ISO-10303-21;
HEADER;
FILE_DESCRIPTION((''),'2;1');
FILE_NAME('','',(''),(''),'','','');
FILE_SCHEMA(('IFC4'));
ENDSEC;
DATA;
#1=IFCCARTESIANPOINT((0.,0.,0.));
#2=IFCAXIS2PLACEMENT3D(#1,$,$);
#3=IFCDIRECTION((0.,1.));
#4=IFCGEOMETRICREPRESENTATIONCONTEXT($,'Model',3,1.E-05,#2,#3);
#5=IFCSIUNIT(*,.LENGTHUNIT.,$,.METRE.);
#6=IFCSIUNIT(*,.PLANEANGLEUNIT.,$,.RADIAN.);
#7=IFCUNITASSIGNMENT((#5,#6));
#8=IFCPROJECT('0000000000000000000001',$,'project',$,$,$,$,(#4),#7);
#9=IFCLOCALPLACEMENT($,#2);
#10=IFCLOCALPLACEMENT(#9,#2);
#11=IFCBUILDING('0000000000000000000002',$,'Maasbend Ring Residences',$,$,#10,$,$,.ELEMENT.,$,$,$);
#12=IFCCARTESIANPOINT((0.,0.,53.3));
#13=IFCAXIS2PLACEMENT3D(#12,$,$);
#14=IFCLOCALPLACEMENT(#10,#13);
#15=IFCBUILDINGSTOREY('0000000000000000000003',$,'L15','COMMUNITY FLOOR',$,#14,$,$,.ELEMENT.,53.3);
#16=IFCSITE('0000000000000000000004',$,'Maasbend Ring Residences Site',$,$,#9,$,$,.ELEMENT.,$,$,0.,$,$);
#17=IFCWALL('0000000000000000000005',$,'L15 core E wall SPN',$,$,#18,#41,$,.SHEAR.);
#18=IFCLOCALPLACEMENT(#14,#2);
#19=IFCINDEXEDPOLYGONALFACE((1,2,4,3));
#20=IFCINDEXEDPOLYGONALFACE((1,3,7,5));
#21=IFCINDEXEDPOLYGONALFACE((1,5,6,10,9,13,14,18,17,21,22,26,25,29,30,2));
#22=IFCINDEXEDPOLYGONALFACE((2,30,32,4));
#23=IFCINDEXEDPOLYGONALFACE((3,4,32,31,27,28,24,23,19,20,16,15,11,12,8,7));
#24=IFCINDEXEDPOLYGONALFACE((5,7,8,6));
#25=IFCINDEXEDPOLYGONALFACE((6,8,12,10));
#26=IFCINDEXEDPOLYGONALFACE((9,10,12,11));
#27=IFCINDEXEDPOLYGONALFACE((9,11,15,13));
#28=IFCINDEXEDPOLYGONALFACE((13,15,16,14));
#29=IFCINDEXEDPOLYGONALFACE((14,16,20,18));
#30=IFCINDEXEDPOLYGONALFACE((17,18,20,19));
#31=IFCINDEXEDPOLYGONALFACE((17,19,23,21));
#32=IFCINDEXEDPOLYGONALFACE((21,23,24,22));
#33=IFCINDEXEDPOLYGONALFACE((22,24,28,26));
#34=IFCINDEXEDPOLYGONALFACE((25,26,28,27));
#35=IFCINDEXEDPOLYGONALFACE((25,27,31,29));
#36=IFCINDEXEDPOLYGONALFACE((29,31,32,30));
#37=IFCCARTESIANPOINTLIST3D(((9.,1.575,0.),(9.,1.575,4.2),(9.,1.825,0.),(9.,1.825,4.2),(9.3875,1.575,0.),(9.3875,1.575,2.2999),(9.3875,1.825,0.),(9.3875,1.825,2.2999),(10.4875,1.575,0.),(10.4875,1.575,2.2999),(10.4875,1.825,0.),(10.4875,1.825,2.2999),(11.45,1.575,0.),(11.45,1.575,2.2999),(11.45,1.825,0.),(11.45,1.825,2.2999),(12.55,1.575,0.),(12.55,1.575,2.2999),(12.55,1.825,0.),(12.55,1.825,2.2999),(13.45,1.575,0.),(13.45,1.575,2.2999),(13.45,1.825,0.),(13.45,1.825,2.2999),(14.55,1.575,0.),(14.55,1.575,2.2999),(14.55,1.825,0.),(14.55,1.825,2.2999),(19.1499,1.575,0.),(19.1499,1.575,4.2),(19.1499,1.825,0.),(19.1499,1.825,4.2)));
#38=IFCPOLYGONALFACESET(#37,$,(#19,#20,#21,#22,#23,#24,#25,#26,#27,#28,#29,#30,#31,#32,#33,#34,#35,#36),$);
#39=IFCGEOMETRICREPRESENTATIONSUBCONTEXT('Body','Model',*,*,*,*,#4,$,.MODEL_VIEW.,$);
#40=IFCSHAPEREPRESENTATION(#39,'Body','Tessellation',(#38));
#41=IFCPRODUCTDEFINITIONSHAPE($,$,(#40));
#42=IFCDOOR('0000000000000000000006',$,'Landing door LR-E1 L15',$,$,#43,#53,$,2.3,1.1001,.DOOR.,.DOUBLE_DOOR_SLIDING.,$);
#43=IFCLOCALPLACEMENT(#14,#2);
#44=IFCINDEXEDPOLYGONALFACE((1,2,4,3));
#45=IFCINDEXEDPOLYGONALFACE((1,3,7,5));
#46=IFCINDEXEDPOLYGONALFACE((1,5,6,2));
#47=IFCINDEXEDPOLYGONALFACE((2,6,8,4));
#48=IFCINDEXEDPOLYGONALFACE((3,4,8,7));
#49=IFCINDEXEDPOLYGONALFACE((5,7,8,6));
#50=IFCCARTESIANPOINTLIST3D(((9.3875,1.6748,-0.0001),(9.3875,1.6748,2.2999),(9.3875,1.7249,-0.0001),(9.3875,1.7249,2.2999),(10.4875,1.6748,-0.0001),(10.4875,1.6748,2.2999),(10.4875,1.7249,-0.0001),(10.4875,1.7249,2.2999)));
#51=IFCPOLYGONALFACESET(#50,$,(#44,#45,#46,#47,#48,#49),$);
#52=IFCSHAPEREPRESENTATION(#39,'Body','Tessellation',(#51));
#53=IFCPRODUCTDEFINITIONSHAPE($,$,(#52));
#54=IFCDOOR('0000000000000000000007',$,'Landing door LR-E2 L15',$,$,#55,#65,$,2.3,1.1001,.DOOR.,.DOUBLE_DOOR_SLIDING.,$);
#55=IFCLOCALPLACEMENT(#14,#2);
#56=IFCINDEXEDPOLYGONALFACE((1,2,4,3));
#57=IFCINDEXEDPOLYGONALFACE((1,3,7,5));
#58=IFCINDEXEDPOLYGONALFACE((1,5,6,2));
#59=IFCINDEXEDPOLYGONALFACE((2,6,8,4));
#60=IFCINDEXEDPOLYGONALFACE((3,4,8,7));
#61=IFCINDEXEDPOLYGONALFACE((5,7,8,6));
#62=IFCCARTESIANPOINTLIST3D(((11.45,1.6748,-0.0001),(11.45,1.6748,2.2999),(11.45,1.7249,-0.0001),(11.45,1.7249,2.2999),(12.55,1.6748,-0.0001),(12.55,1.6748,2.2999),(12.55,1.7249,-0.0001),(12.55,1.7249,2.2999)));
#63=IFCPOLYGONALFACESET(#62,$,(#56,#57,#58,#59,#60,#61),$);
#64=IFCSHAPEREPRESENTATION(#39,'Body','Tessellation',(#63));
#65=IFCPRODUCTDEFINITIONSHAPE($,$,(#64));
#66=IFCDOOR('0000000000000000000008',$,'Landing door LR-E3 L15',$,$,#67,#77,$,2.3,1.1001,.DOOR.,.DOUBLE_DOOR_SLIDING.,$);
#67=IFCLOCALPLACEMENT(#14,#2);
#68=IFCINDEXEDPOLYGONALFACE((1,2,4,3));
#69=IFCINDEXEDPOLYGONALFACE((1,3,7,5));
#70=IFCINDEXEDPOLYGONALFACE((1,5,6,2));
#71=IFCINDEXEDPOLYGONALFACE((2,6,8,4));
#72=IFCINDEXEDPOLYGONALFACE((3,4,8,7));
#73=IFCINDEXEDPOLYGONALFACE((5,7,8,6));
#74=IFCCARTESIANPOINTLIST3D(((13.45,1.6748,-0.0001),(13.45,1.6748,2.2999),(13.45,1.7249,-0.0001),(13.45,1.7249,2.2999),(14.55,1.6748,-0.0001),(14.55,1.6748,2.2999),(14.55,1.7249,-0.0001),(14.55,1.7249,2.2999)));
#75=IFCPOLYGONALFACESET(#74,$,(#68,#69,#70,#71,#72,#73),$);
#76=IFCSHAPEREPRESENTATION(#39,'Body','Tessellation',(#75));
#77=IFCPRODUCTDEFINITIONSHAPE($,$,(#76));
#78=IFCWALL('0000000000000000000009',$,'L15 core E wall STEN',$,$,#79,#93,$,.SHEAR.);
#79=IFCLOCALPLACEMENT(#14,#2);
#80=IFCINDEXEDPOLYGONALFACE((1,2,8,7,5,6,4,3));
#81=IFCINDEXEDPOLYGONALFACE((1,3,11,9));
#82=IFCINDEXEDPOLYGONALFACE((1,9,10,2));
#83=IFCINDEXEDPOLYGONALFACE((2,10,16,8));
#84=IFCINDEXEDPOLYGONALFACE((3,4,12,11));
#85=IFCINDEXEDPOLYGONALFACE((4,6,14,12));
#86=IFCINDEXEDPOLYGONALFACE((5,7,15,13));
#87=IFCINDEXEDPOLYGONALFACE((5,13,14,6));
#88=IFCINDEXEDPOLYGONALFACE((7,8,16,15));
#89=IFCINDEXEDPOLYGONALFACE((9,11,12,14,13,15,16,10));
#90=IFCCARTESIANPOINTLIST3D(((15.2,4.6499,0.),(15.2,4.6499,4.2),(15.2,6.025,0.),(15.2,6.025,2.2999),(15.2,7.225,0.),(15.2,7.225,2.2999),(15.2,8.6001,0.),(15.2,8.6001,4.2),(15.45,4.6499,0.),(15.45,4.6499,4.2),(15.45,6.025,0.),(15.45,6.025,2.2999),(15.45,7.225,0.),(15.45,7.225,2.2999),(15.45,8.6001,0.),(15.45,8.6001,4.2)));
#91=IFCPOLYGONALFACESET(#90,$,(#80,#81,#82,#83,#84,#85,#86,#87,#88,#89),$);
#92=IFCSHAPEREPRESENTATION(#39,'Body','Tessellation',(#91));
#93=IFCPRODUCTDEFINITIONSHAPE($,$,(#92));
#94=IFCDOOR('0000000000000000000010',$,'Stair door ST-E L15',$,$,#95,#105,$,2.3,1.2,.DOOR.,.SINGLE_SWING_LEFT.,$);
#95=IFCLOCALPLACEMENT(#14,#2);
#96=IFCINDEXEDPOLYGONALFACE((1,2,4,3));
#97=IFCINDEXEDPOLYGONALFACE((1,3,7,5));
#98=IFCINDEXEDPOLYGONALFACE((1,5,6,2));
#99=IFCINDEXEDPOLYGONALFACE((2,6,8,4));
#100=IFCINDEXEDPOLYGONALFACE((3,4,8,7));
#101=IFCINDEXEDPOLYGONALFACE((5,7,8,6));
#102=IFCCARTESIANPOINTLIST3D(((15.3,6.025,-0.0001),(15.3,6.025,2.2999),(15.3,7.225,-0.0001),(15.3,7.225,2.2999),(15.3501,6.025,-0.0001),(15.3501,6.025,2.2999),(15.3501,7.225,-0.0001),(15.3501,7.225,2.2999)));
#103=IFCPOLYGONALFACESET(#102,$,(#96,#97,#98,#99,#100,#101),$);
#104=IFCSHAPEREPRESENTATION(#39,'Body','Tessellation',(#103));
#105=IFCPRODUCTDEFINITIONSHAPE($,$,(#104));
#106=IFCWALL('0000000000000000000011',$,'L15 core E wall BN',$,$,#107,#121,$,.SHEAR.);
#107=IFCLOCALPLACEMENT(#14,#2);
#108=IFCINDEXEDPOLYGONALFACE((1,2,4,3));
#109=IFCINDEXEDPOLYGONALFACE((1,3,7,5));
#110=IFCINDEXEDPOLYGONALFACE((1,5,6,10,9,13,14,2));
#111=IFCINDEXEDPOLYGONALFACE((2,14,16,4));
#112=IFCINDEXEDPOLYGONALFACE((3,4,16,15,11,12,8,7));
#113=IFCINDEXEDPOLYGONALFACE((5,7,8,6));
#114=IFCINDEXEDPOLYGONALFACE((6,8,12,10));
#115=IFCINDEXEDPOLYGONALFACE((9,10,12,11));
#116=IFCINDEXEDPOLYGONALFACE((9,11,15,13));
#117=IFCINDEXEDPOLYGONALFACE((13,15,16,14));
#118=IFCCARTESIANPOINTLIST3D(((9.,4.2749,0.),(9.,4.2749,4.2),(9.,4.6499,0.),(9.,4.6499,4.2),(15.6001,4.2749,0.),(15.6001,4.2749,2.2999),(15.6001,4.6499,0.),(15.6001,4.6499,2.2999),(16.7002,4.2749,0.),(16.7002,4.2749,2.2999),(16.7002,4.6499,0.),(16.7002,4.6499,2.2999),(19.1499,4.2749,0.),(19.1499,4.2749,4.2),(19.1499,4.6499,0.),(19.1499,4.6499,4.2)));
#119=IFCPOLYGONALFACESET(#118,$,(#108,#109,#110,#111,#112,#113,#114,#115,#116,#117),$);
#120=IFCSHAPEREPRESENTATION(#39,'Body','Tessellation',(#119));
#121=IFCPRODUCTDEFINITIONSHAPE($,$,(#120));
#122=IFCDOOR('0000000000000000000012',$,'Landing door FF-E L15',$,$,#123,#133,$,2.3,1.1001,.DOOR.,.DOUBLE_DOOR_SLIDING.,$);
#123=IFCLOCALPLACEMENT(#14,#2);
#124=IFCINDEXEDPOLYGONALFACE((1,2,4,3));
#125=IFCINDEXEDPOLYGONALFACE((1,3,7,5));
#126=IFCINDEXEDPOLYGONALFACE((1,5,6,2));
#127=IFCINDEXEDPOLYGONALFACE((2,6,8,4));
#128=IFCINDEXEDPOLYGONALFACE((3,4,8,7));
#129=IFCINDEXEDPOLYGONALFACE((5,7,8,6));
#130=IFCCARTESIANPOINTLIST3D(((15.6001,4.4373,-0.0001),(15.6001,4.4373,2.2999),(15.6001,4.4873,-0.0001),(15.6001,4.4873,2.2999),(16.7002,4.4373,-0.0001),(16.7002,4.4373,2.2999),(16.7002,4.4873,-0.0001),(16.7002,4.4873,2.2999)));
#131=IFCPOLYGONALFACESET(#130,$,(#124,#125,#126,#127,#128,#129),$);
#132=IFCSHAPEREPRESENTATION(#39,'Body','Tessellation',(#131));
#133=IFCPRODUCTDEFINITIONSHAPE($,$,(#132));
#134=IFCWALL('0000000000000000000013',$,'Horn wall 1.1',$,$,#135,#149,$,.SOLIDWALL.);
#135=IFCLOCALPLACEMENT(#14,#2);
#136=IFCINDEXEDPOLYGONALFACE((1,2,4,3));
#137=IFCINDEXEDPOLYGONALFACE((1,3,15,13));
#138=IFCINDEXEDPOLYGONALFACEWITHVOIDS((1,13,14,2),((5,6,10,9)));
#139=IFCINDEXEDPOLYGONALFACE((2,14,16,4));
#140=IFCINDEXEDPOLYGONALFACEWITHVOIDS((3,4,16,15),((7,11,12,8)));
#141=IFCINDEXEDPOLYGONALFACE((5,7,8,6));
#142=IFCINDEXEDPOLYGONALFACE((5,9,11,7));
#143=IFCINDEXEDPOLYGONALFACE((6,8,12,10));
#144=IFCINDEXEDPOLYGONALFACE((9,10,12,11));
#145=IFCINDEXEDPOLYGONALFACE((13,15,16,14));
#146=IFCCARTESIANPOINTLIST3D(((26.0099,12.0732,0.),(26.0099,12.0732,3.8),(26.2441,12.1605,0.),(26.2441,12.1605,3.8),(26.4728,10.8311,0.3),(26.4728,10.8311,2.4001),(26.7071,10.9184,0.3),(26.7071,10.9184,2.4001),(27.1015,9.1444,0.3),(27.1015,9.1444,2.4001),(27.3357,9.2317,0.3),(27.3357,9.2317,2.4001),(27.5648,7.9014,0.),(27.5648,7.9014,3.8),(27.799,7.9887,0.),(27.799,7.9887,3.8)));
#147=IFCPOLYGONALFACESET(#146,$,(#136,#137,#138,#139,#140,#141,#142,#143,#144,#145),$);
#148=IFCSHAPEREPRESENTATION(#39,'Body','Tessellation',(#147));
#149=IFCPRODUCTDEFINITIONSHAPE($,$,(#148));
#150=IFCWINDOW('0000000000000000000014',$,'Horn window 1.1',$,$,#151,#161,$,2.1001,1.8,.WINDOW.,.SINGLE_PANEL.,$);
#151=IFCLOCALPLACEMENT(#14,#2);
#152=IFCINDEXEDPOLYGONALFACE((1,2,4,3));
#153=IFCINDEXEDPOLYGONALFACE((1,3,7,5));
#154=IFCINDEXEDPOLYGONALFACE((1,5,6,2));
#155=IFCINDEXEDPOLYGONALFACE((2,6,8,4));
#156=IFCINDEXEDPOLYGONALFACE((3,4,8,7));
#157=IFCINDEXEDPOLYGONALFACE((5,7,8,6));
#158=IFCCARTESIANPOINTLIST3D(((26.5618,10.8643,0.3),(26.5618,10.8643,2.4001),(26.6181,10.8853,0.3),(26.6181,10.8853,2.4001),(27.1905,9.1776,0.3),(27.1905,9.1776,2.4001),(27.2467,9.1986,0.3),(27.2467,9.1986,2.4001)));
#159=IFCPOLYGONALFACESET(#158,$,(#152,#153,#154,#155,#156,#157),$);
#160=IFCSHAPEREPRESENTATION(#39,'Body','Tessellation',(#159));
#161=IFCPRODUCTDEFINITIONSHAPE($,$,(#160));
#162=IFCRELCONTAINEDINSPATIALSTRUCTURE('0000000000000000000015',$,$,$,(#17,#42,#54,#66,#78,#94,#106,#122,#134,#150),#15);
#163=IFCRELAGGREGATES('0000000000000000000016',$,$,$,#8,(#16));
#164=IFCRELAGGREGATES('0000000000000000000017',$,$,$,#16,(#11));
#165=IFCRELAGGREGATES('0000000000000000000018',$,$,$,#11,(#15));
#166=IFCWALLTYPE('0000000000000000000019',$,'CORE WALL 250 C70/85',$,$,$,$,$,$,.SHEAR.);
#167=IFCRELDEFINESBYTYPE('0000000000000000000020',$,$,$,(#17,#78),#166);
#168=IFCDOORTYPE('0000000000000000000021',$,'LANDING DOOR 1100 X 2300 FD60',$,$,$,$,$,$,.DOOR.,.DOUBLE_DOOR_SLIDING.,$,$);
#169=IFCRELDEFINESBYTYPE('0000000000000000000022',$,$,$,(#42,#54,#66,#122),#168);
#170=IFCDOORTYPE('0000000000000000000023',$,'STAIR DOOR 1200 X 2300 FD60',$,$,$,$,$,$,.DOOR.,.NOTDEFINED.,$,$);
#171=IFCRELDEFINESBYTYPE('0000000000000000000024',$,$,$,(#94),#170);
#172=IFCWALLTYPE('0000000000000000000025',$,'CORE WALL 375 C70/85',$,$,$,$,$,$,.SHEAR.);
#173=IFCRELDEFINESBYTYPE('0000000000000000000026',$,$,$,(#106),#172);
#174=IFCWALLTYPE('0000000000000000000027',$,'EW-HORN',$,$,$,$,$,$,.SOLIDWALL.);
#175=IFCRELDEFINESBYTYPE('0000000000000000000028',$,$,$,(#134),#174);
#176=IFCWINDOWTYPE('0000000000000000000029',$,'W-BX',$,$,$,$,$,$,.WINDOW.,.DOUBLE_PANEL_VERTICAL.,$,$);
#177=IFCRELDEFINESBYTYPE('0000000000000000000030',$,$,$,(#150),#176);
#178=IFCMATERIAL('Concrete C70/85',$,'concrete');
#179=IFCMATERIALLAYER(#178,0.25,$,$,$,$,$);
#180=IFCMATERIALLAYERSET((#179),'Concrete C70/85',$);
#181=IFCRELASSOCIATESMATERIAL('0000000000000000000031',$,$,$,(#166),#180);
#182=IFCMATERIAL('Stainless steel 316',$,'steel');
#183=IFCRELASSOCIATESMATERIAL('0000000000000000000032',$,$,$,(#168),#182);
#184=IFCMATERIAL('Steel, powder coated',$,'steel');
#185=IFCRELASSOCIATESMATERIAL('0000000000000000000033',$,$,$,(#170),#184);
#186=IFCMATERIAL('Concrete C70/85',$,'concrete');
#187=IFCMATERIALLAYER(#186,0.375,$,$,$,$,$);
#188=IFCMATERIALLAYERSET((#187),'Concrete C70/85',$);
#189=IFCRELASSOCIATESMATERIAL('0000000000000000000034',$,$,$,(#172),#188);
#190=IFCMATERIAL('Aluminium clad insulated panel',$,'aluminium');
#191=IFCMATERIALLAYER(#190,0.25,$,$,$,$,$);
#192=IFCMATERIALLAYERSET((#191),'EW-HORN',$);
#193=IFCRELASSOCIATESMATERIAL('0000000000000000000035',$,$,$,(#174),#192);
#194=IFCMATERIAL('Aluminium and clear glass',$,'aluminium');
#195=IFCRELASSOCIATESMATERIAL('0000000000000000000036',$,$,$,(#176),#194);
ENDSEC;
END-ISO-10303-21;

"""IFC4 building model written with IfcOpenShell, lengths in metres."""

from ifc_helpers import new_model, si_unit, direction, frame, frame_2d, origin, place, context, subcontext, project, spatial, rectangle, extrude, material, layer, layer_set, type_object, element, fill, save


model = new_model("IFC4")

# Units and contexts
model_context = context("Model", 3, precision=1e-05, world=origin(), true_north=direction((0.0, 1.0)))
body_context = subcontext(model_context, "Body", "Model", "MODEL_VIEW")
ifc_project = project(units=[si_unit("LENGTHUNIT", "METRE"), si_unit("PLANEANGLEUNIT", "RADIAN")], contexts=[model_context])

# Site, building, storey
site_placement = place(None, origin())
site = spatial("IfcSite", under=ifc_project, at=site_placement, Name="Maasbend Ring Residences Site", CompositionType="ELEMENT", RefElevation=0.0)
building_placement = place(site_placement, origin())
building = spatial("IfcBuilding", under=site, at=building_placement, Name="Maasbend Ring Residences", CompositionType="ELEMENT")
storey_placement = place(building_placement, frame((0.0, 0.0, 53.3)))
storey = spatial("IfcBuildingStorey", under=building, at=storey_placement, Name="L15", Description="COMMUNITY FLOOR", CompositionType="ELEMENT", Elevation=53.3)

# Wall, openings, doors
ifc_material_1 = material(Name="Concrete C70/85", Category="concrete")
ifc_layer_1 = layer(ifc_material_1, 0.25)
ifc_layer_set_1 = layer_set([ifc_layer_1], Name="Concrete C70/85")
wall_type_1 = type_object("IfcWallType", Name="CORE WALL 250 C70/85", PredefinedType="SHEAR", material=ifc_layer_set_1)
wall_1_placement = place(storey_placement, frame((9.0, 1.7, 0.0), z_axis=(0.0, 0.0, 1.0), x_axis=(1.0, 0.0, 0.0)))
wall_1 = element("IfcWall", 1, at=wall_1_placement, inside=storey, type_object=wall_type_1, Name="L15 core E wall SPN", PredefinedType="SHEAR", context=body_context, shape_type="SweptSolid", body=[
    extrude(rectangle(XDim=10.1499, YDim=0.25, at=frame_2d((5.075, 0.0))), origin(), (0.0, 0.0, 1.0), 4.2),
])
opening_1_placement = place(wall_1_placement, frame((0.3875, 0.0, 0.0)))
opening_1 = element("IfcOpeningElement", 2, at=opening_1_placement, cuts=wall_1, PredefinedType="OPENING", context=body_context, shape_type="SweptSolid", body=[
    extrude(rectangle(XDim=1.1001, YDim=2.3, at=frame_2d((0.55, 1.1499))), frame((0.0, 0.135, 0.0), z_axis=(0.0, -1.0, 0.0), x_axis=(1.0, 0.0, 0.0)), (0.0, 0.0, 1.0), 0.27),
])
opening_2_placement = place(wall_1_placement, frame((2.45, 0.0, 0.0)))
opening_2 = element("IfcOpeningElement", 3, at=opening_2_placement, cuts=wall_1, PredefinedType="OPENING", context=body_context, shape_type="SweptSolid", body=[
    extrude(rectangle(XDim=1.1001, YDim=2.3, at=frame_2d((0.55, 1.1499))), frame((0.0, 0.135, 0.0), z_axis=(0.0, -1.0, 0.0), x_axis=(1.0, 0.0, 0.0)), (0.0, 0.0, 1.0), 0.27),
])
opening_3_placement = place(wall_1_placement, frame((4.45, 0.0, 0.0)))
opening_3 = element("IfcOpeningElement", 4, at=opening_3_placement, cuts=wall_1, PredefinedType="OPENING", context=body_context, shape_type="SweptSolid", body=[
    extrude(rectangle(XDim=1.1001, YDim=2.3, at=frame_2d((0.55, 1.1499))), frame((0.0, 0.135, 0.0), z_axis=(0.0, -1.0, 0.0), x_axis=(1.0, 0.0, 0.0)), (0.0, 0.0, 1.0), 0.27),
])
ifc_material_2 = material(Name="Stainless steel 316", Category="steel")
door_type_1 = type_object("IfcDoorType", Name="LANDING DOOR 1100 X 2300 FD60", OperationType="DOUBLE_DOOR_SLIDING", PredefinedType="DOOR", material=ifc_material_2)
door_1_placement = place(opening_1_placement, origin())
door_1 = element("IfcDoor", 5, at=door_1_placement, inside=storey, type_object=door_type_1, Name="Landing door LR-E1 L15", OperationType="DOUBLE_DOOR_SLIDING", OverallHeight=2.3, OverallWidth=1.1001, PredefinedType="DOOR", context=body_context, shape_type="SweptSolid", body=[
    extrude(rectangle(XDim=1.1001, YDim=2.3, at=frame_2d((0.55, 1.1499))), frame((0.0, 0.0249, 0.0), z_axis=(0.0, -1.0, 0.0), x_axis=(1.0, 0.0, 0.0)), (0.0, 0.0, 1.0), 0.05),
])
fill(opening_1, door_1)
door_2_placement = place(opening_2_placement, origin())
door_2 = element("IfcDoor", 6, at=door_2_placement, inside=storey, type_object=door_type_1, Name="Landing door LR-E2 L15", OperationType="DOUBLE_DOOR_SLIDING", OverallHeight=2.3, OverallWidth=1.1001, PredefinedType="DOOR", context=body_context, shape_type="SweptSolid", body=[
    extrude(rectangle(XDim=1.1001, YDim=2.3, at=frame_2d((0.55, 1.1499))), frame((0.0, 0.0249, 0.0), z_axis=(0.0, -1.0, 0.0), x_axis=(1.0, 0.0, 0.0)), (0.0, 0.0, 1.0), 0.05),
])
fill(opening_2, door_2)
door_3_placement = place(opening_3_placement, origin())
door_3 = element("IfcDoor", 7, at=door_3_placement, inside=storey, type_object=door_type_1, Name="Landing door LR-E3 L15", OperationType="DOUBLE_DOOR_SLIDING", OverallHeight=2.3, OverallWidth=1.1001, PredefinedType="DOOR", context=body_context, shape_type="SweptSolid", body=[
    extrude(rectangle(XDim=1.1001, YDim=2.3, at=frame_2d((0.55, 1.1499))), frame((0.0, 0.0249, 0.0), z_axis=(0.0, -1.0, 0.0), x_axis=(1.0, 0.0, 0.0)), (0.0, 0.0, 1.0), 0.05),
])
fill(opening_3, door_3)

# Walls, openings, doors
wall_2_placement = place(storey_placement, frame((15.325, 4.6499, 0.0), z_axis=(0.0, 0.0, 1.0), x_axis=(0.0, 1.0, 0.0)))
wall_2 = element("IfcWall", 8, at=wall_2_placement, inside=storey, type_object=wall_type_1, Name="L15 core E wall STEN", PredefinedType="SHEAR", context=body_context, shape_type="SweptSolid", body=[
    extrude(rectangle(XDim=3.9502, YDim=0.25, at=frame_2d((1.9751, 0.0))), origin(), (0.0, 0.0, 1.0), 4.2),
])
opening_4_placement = place(wall_2_placement, frame((1.375, 0.0, 0.0)))
opening_4 = element("IfcOpeningElement", 9, at=opening_4_placement, cuts=wall_2, PredefinedType="OPENING", context=body_context, shape_type="SweptSolid", body=[
    extrude(rectangle(XDim=1.2, YDim=2.3, at=frame_2d((0.6001, 1.1499))), frame((0.0, 0.135, 0.0), z_axis=(0.0, -1.0, 0.0), x_axis=(1.0, 0.0, 0.0)), (0.0, 0.0, 1.0), 0.27),
])
ifc_material_3 = material(Name="Steel, powder coated", Category="steel")
door_type_2 = type_object("IfcDoorType", Name="STAIR DOOR 1200 X 2300 FD60", OperationType="NOTDEFINED", PredefinedType="DOOR", material=ifc_material_3)
door_4_placement = place(opening_4_placement, origin())
door_4 = element("IfcDoor", 10, at=door_4_placement, inside=storey, type_object=door_type_2, Name="Stair door ST-E L15", OperationType="SINGLE_SWING_LEFT", OverallHeight=2.3, OverallWidth=1.2, PredefinedType="DOOR", context=body_context, shape_type="SweptSolid", body=[
    extrude(rectangle(XDim=1.2, YDim=2.3, at=frame_2d((0.6001, 1.1499))), frame((0.0, 0.0249, 0.0), z_axis=(0.0, -1.0, 0.0), x_axis=(1.0, 0.0, 0.0)), (0.0, 0.0, 1.0), 0.05),
])
fill(opening_4, door_4)
ifc_material_4 = material(Name="Concrete C70/85", Category="concrete")
ifc_layer_2 = layer(ifc_material_4, 0.375)
ifc_layer_set_2 = layer_set([ifc_layer_2], Name="Concrete C70/85")
wall_type_2 = type_object("IfcWallType", Name="CORE WALL 375 C70/85", PredefinedType="SHEAR", material=ifc_layer_set_2)
wall_3_placement = place(storey_placement, frame((9.0, 4.4624, 0.0), z_axis=(0.0, 0.0, 1.0), x_axis=(1.0, 0.0, 0.0)))
wall_3 = element("IfcWall", 11, at=wall_3_placement, inside=storey, type_object=wall_type_2, Name="L15 core E wall BN", PredefinedType="SHEAR", context=body_context, shape_type="SweptSolid", body=[
    extrude(rectangle(XDim=10.1499, YDim=0.375, at=frame_2d((5.075, 0.0))), origin(), (0.0, 0.0, 1.0), 4.2),
])
opening_5_placement = place(wall_3_placement, frame((6.6001, 0.0, 0.0)))
opening_5 = element("IfcOpeningElement", 12, at=opening_5_placement, cuts=wall_3, PredefinedType="OPENING", context=body_context, shape_type="SweptSolid", body=[
    extrude(rectangle(XDim=1.1001, YDim=2.3, at=frame_2d((0.55, 1.1499))), frame((0.0, 0.1975, 0.0), z_axis=(0.0, -1.0, 0.0), x_axis=(1.0, 0.0, 0.0)), (0.0, 0.0, 1.0), 0.395),
])
door_5_placement = place(opening_5_placement, origin())
door_5 = element("IfcDoor", 13, at=door_5_placement, inside=storey, type_object=door_type_1, Name="Landing door FF-E L15", OperationType="DOUBLE_DOOR_SLIDING", OverallHeight=2.3, OverallWidth=1.1001, PredefinedType="DOOR", context=body_context, shape_type="SweptSolid", body=[
    extrude(rectangle(XDim=1.1001, YDim=2.3, at=frame_2d((0.55, 1.1499))), frame((0.0, 0.0249, 0.0), z_axis=(0.0, -1.0, 0.0), x_axis=(1.0, 0.0, 0.0)), (0.0, 0.0, 1.0), 0.05),
])
fill(opening_5, door_5)

# Wall, opening, window
ifc_material_5 = material(Name="Aluminium clad insulated panel", Category="aluminium")
ifc_layer_3 = layer(ifc_material_5, 0.25)
ifc_layer_set_3 = layer_set([ifc_layer_3], Name="EW-HORN")
wall_type_3 = type_object("IfcWallType", Name="EW-HORN", PredefinedType="SOLIDWALL", material=ifc_layer_set_3)
wall_4_placement = place(storey_placement, frame((27.6819, 7.9451, 0.0), z_axis=(0.0, 0.0, 1.0), x_axis=(-0.349248, 0.93703, 0.0)))
wall_4 = element("IfcWall", 14, at=wall_4_placement, inside=storey, type_object=wall_type_3, Name="Horn wall 1.1", PredefinedType="SOLIDWALL", context=body_context, shape_type="SweptSolid", body=[
    extrude(rectangle(XDim=4.4521, YDim=0.25, at=frame_2d((2.2261, 0.0))), origin(), (0.0, 0.0, 1.0), 3.8),
])
opening_6_placement = place(wall_4_placement, frame((1.3267, 0.0, 0.3)))
opening_6 = element("IfcOpeningElement", 15, at=opening_6_placement, cuts=wall_4, PredefinedType="OPENING", context=body_context, shape_type="SweptSolid", body=[
    extrude(rectangle(XDim=1.8, YDim=2.1001, at=frame_2d((0.8999, 1.05))), frame((0.0, 0.135, 0.0), z_axis=(0.0, -1.0, 0.0), x_axis=(1.0, 0.0, 0.0)), (0.0, 0.0, 1.0), 0.27),
])
ifc_material_6 = material(Name="Aluminium and clear glass", Category="aluminium")
window_type = type_object("IfcWindowType", Name="W-BX", PartitioningType="DOUBLE_PANEL_VERTICAL", PredefinedType="WINDOW", material=ifc_material_6)
window_placement = place(opening_6_placement, origin())
window = element("IfcWindow", 16, at=window_placement, inside=storey, type_object=window_type, Name="Horn window 1.1", OverallHeight=2.1001, OverallWidth=1.8, PartitioningType="SINGLE_PANEL", PredefinedType="WINDOW", context=body_context, shape_type="SweptSolid", body=[
    extrude(rectangle(XDim=1.8, YDim=2.1001, at=frame_2d((0.8999, 1.05))), frame((0.0, 0.03, 0.0), z_axis=(0.0, -1.0, 0.0), x_axis=(1.0, 0.0, 0.0)), (0.0, 0.0, 1.0), 0.0601),
])
fill(opening_6, window)

save(model, "model.ifc")
